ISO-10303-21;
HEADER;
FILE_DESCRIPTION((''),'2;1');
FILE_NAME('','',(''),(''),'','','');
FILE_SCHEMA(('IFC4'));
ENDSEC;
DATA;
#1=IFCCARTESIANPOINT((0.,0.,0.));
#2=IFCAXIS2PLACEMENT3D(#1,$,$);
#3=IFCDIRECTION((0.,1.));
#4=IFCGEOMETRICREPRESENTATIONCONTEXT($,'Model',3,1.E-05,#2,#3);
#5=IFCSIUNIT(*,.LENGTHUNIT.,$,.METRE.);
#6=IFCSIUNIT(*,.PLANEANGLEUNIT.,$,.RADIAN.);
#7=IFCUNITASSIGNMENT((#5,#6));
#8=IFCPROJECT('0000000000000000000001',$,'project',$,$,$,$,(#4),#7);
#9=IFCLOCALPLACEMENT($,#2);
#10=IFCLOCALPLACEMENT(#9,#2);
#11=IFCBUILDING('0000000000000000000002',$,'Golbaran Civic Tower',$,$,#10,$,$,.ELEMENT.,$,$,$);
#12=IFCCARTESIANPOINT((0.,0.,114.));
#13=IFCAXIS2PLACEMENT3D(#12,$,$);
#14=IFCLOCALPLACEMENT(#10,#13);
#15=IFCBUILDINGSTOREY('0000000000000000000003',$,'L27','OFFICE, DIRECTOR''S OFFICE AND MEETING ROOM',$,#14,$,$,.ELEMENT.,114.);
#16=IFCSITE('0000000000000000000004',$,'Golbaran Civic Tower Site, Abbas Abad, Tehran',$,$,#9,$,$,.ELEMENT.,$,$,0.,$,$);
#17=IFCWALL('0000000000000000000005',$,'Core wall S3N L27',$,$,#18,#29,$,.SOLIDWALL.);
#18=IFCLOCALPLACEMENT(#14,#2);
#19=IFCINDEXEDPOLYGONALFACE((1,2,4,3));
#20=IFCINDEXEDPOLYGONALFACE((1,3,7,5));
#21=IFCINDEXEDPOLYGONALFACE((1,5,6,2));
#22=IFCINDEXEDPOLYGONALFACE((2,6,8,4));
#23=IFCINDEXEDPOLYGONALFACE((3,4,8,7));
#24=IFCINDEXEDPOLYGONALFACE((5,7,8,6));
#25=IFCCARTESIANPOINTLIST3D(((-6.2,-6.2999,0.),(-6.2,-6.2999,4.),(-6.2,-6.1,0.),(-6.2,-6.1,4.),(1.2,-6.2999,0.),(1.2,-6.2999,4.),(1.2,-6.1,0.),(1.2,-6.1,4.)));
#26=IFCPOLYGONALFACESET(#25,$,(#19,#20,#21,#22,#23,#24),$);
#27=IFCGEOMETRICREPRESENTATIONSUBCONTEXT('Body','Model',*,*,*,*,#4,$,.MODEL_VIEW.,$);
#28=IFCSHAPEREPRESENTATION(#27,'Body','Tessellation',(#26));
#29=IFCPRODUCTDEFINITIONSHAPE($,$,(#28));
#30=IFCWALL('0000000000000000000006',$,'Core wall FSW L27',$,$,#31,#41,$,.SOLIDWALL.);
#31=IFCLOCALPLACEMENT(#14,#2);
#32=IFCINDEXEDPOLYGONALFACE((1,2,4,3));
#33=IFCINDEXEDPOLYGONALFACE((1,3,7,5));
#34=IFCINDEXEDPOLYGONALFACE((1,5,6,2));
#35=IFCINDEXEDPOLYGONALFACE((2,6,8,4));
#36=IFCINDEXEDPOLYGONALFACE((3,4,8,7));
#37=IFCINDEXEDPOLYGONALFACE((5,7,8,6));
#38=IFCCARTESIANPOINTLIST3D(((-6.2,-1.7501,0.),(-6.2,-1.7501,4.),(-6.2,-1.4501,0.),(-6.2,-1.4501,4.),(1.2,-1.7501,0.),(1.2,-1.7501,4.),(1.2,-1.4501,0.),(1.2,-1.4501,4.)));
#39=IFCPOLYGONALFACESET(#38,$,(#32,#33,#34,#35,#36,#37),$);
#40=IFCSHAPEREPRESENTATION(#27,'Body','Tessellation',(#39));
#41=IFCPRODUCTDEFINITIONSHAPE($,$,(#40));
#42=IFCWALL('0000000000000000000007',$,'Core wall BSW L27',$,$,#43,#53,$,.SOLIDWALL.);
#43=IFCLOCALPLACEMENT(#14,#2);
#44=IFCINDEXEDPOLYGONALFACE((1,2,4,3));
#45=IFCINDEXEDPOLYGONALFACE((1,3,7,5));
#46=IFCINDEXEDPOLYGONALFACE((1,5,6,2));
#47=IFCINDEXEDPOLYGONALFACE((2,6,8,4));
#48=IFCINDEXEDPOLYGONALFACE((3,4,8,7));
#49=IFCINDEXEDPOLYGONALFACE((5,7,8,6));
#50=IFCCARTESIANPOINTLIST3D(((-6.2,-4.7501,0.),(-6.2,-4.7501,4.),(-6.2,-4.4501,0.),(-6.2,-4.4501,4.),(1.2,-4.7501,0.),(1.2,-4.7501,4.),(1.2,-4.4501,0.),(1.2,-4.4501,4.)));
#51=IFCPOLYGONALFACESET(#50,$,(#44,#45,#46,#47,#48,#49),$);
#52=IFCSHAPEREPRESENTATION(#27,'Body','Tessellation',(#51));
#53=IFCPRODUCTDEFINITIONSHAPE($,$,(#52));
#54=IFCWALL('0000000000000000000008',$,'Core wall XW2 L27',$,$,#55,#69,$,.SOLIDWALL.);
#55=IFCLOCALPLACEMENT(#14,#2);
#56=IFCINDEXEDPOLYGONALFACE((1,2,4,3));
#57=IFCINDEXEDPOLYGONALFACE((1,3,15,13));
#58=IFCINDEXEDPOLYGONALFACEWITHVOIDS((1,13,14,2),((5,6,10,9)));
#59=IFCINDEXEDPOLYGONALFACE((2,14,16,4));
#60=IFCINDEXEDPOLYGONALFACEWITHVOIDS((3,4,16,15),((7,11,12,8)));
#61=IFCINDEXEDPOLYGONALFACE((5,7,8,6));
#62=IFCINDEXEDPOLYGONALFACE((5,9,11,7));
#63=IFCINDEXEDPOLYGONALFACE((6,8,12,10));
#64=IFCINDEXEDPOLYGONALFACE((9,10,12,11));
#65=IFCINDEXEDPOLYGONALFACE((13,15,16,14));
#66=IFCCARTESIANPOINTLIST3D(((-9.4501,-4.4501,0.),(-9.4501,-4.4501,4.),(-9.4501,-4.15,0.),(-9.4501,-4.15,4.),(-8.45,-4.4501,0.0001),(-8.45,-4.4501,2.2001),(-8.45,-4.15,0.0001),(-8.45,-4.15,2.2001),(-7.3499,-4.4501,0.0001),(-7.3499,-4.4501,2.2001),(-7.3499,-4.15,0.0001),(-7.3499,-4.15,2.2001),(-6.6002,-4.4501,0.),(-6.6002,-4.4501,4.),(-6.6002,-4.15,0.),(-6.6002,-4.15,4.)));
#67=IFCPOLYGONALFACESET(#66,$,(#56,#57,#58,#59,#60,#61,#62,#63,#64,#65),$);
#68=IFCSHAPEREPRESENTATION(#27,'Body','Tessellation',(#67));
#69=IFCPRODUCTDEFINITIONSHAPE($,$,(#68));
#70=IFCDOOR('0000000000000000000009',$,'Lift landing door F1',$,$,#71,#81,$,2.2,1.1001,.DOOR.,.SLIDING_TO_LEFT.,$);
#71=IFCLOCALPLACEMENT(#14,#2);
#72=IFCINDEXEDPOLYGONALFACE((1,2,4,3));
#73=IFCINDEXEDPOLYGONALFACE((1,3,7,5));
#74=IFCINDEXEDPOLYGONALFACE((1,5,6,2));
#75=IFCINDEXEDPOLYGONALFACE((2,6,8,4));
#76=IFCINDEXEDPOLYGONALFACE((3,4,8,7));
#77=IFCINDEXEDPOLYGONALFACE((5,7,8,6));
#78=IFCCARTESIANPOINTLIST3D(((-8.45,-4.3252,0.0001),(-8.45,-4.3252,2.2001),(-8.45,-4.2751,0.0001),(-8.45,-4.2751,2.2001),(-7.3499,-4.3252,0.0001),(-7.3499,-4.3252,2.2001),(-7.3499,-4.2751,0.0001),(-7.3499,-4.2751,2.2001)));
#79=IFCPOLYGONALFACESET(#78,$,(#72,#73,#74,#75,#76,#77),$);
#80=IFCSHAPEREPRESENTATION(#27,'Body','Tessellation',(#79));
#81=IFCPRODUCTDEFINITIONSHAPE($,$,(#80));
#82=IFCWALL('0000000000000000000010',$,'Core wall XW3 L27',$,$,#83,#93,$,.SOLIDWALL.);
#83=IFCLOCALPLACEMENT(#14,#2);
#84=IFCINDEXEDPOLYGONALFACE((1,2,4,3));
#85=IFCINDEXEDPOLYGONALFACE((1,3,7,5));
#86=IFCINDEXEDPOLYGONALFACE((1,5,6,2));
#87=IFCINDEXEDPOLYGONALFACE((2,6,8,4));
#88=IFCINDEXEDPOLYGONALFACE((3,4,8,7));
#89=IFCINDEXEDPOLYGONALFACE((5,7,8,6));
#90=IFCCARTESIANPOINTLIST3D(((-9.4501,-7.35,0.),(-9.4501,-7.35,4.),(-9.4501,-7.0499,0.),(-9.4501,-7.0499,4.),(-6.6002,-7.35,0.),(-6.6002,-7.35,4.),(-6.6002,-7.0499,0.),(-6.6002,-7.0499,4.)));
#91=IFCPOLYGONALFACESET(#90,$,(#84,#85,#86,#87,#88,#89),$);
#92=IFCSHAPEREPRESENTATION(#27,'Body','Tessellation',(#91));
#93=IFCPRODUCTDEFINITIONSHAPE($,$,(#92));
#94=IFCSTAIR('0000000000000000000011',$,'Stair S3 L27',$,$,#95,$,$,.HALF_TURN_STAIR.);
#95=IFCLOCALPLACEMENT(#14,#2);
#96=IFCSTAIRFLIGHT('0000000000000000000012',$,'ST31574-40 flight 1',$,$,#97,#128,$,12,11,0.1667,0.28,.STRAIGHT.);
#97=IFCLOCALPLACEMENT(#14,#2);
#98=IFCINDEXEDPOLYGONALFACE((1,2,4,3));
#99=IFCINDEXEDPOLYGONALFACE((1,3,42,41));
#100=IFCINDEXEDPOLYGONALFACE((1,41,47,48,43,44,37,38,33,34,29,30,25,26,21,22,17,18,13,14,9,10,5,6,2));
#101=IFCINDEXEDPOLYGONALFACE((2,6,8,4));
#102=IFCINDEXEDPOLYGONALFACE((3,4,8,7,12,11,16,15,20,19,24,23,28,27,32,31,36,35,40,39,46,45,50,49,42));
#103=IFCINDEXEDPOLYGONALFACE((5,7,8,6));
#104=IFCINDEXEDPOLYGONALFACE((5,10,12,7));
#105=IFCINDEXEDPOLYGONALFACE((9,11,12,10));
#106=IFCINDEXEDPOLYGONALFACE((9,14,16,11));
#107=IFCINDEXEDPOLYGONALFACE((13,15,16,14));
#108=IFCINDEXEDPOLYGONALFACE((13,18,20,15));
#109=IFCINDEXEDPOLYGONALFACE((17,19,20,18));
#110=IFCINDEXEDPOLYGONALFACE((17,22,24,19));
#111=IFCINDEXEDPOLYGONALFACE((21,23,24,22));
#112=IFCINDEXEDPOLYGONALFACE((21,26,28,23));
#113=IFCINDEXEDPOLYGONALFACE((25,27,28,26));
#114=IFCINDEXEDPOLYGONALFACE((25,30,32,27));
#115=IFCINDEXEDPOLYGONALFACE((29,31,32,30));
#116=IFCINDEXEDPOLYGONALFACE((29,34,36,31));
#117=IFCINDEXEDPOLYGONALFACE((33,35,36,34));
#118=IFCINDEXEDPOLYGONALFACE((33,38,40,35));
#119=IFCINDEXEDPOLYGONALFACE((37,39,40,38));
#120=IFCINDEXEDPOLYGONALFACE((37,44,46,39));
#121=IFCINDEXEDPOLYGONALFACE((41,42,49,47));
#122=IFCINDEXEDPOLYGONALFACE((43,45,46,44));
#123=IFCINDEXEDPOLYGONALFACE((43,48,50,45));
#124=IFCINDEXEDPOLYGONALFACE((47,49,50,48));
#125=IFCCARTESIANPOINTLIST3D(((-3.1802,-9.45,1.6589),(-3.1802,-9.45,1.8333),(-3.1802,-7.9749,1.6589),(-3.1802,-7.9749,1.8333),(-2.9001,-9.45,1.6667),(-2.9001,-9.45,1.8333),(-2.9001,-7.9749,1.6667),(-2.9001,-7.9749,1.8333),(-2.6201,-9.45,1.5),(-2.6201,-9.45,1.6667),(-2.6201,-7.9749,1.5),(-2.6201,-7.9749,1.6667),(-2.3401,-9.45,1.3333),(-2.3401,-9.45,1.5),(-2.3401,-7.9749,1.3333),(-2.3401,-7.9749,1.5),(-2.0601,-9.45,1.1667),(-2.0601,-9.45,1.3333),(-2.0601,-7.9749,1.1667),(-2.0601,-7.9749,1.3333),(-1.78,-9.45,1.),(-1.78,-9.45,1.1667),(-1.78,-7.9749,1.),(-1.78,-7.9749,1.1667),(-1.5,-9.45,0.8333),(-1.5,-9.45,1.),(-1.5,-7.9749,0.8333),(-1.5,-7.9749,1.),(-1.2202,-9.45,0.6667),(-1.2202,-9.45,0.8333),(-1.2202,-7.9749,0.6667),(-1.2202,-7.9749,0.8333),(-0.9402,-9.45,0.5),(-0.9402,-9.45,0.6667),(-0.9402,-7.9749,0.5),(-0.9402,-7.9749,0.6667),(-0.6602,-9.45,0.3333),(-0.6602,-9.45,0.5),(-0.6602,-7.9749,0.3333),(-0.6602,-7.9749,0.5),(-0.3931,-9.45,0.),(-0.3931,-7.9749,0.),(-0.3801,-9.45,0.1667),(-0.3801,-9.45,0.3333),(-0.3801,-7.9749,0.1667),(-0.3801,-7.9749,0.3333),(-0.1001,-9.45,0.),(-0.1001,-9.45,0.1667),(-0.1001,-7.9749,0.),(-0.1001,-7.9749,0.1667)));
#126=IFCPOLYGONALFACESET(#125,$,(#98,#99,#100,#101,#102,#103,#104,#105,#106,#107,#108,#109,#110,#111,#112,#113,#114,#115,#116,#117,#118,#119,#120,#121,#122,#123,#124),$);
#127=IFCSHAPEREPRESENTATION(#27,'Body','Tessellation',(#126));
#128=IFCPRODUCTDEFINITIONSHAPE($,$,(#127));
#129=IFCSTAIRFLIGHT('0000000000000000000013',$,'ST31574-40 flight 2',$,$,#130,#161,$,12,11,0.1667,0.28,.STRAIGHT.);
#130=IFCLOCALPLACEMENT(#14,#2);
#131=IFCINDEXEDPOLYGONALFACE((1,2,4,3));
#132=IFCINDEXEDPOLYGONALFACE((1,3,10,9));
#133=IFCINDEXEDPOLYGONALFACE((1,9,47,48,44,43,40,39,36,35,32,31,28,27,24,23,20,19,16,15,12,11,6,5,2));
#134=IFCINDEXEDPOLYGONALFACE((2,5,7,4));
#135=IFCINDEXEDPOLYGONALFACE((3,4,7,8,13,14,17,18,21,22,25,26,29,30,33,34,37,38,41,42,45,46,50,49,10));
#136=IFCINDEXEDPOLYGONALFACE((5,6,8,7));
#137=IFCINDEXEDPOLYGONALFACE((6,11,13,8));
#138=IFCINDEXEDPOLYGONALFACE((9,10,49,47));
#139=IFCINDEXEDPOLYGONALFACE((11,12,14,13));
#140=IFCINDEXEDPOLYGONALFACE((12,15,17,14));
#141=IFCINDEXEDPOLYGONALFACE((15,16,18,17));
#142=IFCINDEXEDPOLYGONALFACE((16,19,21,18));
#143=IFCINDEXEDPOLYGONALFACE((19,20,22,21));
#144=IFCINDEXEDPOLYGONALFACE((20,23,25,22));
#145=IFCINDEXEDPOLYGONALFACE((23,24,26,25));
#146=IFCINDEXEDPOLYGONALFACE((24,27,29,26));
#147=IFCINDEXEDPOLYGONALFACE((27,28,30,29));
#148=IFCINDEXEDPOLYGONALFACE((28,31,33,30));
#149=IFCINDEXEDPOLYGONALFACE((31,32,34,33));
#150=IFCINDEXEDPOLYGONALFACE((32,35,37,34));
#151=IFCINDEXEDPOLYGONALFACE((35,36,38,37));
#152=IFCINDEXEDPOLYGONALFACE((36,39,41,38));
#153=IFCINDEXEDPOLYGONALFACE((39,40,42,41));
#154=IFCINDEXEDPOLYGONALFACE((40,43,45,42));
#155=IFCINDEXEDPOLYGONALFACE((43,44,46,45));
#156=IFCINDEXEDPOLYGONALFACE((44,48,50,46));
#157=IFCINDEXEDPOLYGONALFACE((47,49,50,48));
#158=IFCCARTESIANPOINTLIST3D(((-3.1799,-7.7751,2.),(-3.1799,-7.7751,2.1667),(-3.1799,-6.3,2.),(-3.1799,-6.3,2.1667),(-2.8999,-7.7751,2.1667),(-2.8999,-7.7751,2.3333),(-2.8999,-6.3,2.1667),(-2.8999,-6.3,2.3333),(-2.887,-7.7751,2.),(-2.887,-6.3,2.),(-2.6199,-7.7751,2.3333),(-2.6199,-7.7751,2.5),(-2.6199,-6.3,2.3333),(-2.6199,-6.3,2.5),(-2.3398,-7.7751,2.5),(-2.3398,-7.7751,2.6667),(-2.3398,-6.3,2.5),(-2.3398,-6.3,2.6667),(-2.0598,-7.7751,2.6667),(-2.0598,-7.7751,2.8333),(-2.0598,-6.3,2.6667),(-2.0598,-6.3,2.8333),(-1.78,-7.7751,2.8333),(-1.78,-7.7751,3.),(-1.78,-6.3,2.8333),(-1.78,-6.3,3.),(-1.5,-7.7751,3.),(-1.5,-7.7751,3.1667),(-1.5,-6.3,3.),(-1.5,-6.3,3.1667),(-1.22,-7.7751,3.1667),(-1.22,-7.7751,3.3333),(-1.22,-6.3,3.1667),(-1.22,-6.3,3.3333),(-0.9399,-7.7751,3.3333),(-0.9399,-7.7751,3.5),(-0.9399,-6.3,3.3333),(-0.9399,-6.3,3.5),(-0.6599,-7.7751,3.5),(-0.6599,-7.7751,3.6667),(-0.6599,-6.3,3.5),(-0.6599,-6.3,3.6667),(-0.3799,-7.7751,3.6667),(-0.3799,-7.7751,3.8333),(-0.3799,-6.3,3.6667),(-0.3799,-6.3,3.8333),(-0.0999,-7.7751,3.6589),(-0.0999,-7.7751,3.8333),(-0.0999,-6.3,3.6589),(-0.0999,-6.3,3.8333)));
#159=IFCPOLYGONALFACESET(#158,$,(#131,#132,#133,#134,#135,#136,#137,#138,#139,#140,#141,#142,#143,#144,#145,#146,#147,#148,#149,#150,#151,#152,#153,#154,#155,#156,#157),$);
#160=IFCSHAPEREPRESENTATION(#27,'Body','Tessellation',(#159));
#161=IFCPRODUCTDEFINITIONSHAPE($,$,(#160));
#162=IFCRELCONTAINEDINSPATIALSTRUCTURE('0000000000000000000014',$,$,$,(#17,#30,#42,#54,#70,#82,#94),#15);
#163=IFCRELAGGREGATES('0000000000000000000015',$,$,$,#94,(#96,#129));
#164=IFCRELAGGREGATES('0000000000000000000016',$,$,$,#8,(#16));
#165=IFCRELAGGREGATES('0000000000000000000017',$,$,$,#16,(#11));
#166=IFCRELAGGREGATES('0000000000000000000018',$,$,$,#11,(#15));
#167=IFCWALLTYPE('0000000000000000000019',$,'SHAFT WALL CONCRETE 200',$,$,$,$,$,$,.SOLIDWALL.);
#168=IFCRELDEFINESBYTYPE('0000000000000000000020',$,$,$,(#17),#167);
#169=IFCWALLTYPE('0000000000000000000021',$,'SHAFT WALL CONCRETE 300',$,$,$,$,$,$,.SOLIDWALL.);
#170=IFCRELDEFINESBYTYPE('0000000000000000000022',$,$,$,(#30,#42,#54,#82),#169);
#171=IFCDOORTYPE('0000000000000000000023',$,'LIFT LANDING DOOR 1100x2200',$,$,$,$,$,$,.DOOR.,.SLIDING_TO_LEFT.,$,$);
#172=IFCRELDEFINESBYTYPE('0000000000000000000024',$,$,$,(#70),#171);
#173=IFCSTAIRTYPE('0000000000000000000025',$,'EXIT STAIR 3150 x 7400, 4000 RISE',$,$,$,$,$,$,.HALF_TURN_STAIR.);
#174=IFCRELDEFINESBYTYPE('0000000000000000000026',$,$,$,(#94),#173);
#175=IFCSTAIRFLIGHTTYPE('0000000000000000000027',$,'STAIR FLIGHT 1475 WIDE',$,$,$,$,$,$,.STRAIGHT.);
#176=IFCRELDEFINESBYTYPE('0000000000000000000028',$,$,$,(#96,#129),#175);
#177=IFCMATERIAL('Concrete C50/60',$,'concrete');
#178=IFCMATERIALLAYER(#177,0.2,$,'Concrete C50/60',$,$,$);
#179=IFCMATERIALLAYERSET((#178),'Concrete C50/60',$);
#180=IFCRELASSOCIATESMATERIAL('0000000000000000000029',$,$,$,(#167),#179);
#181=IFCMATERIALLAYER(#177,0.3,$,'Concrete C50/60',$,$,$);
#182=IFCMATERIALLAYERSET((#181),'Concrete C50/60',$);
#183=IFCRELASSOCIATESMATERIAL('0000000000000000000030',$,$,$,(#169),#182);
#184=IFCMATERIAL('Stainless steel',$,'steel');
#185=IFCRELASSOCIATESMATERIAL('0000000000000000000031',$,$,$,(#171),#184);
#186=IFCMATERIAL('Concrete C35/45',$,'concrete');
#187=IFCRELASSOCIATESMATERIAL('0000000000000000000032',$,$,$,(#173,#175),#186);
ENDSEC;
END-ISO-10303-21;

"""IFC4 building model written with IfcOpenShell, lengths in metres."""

from ifc_helpers import new_model, si_unit, direction, frame, frame_2d, origin, place, context, subcontext, project, spatial, polyline, rectangle, outline, extrude, material, layer, layer_set, type_object, element, fill, aggregate, save


model = new_model("IFC4")

# Units and contexts
model_context = context("Model", 3, precision=1e-05, world=origin(), true_north=direction((0.0, 1.0)))
body_context = subcontext(model_context, "Body", "Model", "MODEL_VIEW")
ifc_project = project(units=[si_unit("LENGTHUNIT", "METRE"), si_unit("PLANEANGLEUNIT", "RADIAN")], contexts=[model_context])

# Site, building, storey
site_placement = place(None, origin())
site = spatial("IfcSite", under=ifc_project, at=site_placement, Name="Golbaran Civic Tower Site, Abbas Abad, Tehran", CompositionType="ELEMENT", RefElevation=0.0)
building_placement = place(site_placement, origin())
building = spatial("IfcBuilding", under=site, at=building_placement, Name="Golbaran Civic Tower", CompositionType="ELEMENT")
storey_placement = place(building_placement, frame((0.0, 0.0, 114.0)))
storey = spatial("IfcBuildingStorey", under=building, at=storey_placement, Name="L27", Description="OFFICE, DIRECTOR'S OFFICE AND MEETING ROOM", CompositionType="ELEMENT", Elevation=114.0)

# Shared definitions
ifc_material_1 = material(Name="Concrete C35/45", Category="concrete")

# Walls
ifc_material_2 = material(Name="Concrete C50/60", Category="concrete")
ifc_layer_1 = layer(ifc_material_2, 0.2, Name="Concrete C50/60")
ifc_layer_set_1 = layer_set([ifc_layer_1], Name="Concrete C50/60")
wall_type_1 = type_object("IfcWallType", Name="SHAFT WALL CONCRETE 200", PredefinedType="SOLIDWALL", material=ifc_layer_set_1)
wall_1_placement = place(storey_placement, frame((-6.2, -6.2, 0.0), z_axis=(0.0, 0.0, 1.0), x_axis=(1.0, 0.0, 0.0)))
element("IfcWall", 1, at=wall_1_placement, inside=storey, type_object=wall_type_1, Name="Core wall S3N L27", PredefinedType="SOLIDWALL", context=body_context, shape_type="SweptSolid", body=[
    extrude(rectangle(XDim=7.3999, YDim=0.2, at=frame_2d((3.7, 0.0))), origin(), (0.0, 0.0, 1.0), 4.0),
])
ifc_layer_2 = layer(ifc_material_2, 0.3, Name="Concrete C50/60")
ifc_layer_set_2 = layer_set([ifc_layer_2], Name="Concrete C50/60")
wall_type_2 = type_object("IfcWallType", Name="SHAFT WALL CONCRETE 300", PredefinedType="SOLIDWALL", material=ifc_layer_set_2)
for number, where, z_axis, x_axis, name in (
    (2, (-6.2, -1.6001, 0.0), (0.0, 0.0, 1.0), (1.0, 0.0, 0.0), "Core wall FSW L27"),
    (3, (-6.2, -4.6001, 0.0), (0.0, 0.0, 1.0), (1.0, 0.0, 0.0), "Core wall BSW L27"),
):
    element("IfcWall", number, at=place(storey_placement, frame(where, z_axis=z_axis, x_axis=x_axis)), inside=storey, type_object=wall_type_2, Name=name, PredefinedType="SOLIDWALL", context=body_context, shape_type="SweptSolid", body=[
        extrude(rectangle(XDim=7.3999, YDim=0.3, at=frame_2d((3.7, 0.0))), origin(), (0.0, 0.0, 1.0), 4.0),
    ])

# Wall, opening, door
wall_2_placement = place(storey_placement, frame((-9.45, -4.3, 0.0), z_axis=(0.0, 0.0, 1.0), x_axis=(1.0, 0.0, 0.0)))
wall_2 = element("IfcWall", 4, at=wall_2_placement, inside=storey, type_object=wall_type_2, Name="Core wall XW2 L27", PredefinedType="SOLIDWALL", context=body_context, shape_type="SweptSolid", body=[
    extrude(rectangle(XDim=2.8499, YDim=0.3, at=frame_2d((1.4248, 0.0))), origin(), (0.0, 0.0, 1.0), 4.0),
])
opening_1_placement = place(wall_2_placement, frame((1.0, 0.0, 0.0)))
opening_1 = element("IfcOpeningElement", 5, at=opening_1_placement, cuts=wall_2, PredefinedType="OPENING", context=body_context, shape_type="SweptSolid", body=[
    extrude(rectangle(XDim=1.1001, YDim=2.2, at=frame_2d((0.55, 1.1001))), frame((0.0, 0.1599, 0.0), z_axis=(0.0, -1.0, 0.0), x_axis=(1.0, 0.0, 0.0)), (0.0, 0.0, 1.0), 0.3201),
])
ifc_material_3 = material(Name="Stainless steel", Category="steel")
door_type_1 = type_object("IfcDoorType", Name="LIFT LANDING DOOR 1100x2200", OperationType="SLIDING_TO_LEFT", PredefinedType="DOOR", material=ifc_material_3)
door_1_placement = place(opening_1_placement, origin())
door_1 = element("IfcDoor", 6, at=door_1_placement, inside=storey, type_object=door_type_1, Name="Lift landing door F1", OperationType="SLIDING_TO_LEFT", OverallHeight=2.2, OverallWidth=1.1001, PredefinedType="DOOR", context=body_context, shape_type="SweptSolid", body=[
    extrude(rectangle(XDim=1.1001, YDim=2.2, at=frame_2d((0.55, 1.1001))), frame((0.0, 0.0249, 0.0), z_axis=(0.0, -1.0, 0.0), x_axis=(1.0, 0.0, 0.0)), (0.0, 0.0, 1.0), 0.05),
])
fill(opening_1, door_1)

# Wall
wall_3_placement = place(storey_placement, frame((-9.45, -7.2, 0.0), z_axis=(0.0, 0.0, 1.0), x_axis=(1.0, 0.0, 0.0)))
element("IfcWall", 7, at=wall_3_placement, inside=storey, type_object=wall_type_2, Name="Core wall XW3 L27", PredefinedType="SOLIDWALL", context=body_context, shape_type="SweptSolid", body=[
    extrude(rectangle(XDim=2.8499, YDim=0.3, at=frame_2d((1.4248, 0.0))), origin(), (0.0, 0.0, 1.0), 4.0),
])

# Stair, stair flights
stair_type = type_object("IfcStairType", Name="EXIT STAIR 3150 x 7400, 4000 RISE", PredefinedType="HALF_TURN_STAIR", material=ifc_material_1)
stair_placement = place(storey_placement, origin())
stair = element("IfcStair", 8, at=stair_placement, inside=storey, type_object=stair_type, Name="Stair S3 L27", PredefinedType="HALF_TURN_STAIR")
stair_flight_type = type_object("IfcStairFlightType", Name="STAIR FLIGHT 1475 WIDE", PredefinedType="STRAIGHT", material=ifc_material_1)
stair_flight_1_placement = place(storey_placement, frame((-0.1001, -8.7124, 0.0), z_axis=(0.0, 0.0, 1.0), x_axis=(-1.0, 0.0, 0.0)))
stair_flight_1 = element("IfcStairFlight", 9, at=stair_flight_1_placement, type_object=stair_flight_type, Name="ST31574-40 flight 1", NumberOfRisers=12, NumberOfTreads=11, PredefinedType="STRAIGHT", RiserHeight=0.1667, TreadLength=0.28, context=body_context, shape_type="SweptSolid", body=[
    extrude(outline(polyline([(0.0, 0.0), (0.0, 0.1667), (0.28, 0.1667), (0.28, 0.3333), (0.5601, 0.3333), (0.5601, 0.5), (0.8401, 0.5), (0.8401, 0.6667), (1.1201, 0.6667), (1.1201, 0.8333), (1.3999, 0.8333), (1.3999, 1.0), (1.6799, 1.0), (1.6799, 1.1667), (1.96, 1.1667), (1.96, 1.3333), (2.24, 1.3333), (2.24, 1.5), (2.52, 1.5), (2.52, 1.6667), (2.8, 1.6667), (2.8, 1.8333), (3.0801, 1.8333), (3.0801, 2.0), (3.0801, 1.6589), (0.293, 0.0), (0.0, 0.0)])), frame((0.0, 0.7375, 0.0), z_axis=(0.0, -1.0, 0.0), x_axis=(1.0, 0.0, 0.0)), (0.0, 0.0, 1.0), 1.4751),
])
stair_flight_2_placement = place(storey_placement, frame((-3.1799, -7.0376, 2.0), z_axis=(0.0, 0.0, 1.0), x_axis=(1.0, 0.0, 0.0)))
stair_flight_2 = element("IfcStairFlight", 10, at=stair_flight_2_placement, type_object=stair_flight_type, Name="ST31574-40 flight 2", NumberOfRisers=12, NumberOfTreads=11, PredefinedType="STRAIGHT", RiserHeight=0.1667, TreadLength=0.28, context=body_context, shape_type="SweptSolid", body=[
    extrude(outline(polyline([(0.0, 0.0), (0.0, 0.1667), (0.28, 0.1667), (0.28, 0.3333), (0.5601, 0.3333), (0.5601, 0.5), (0.8401, 0.5), (0.8401, 0.6667), (1.1201, 0.6667), (1.1201, 0.8333), (1.3999, 0.8333), (1.3999, 1.0), (1.6799, 1.0), (1.6799, 1.1667), (1.96, 1.1667), (1.96, 1.3333), (2.24, 1.3333), (2.24, 1.5), (2.52, 1.5), (2.52, 1.6667), (2.8, 1.6667), (2.8, 1.8333), (3.0801, 1.8333), (3.0801, 2.0), (3.0801, 1.6589), (0.293, 0.0), (0.0, 0.0)])), frame((0.0, 0.7375, 0.0), z_axis=(0.0, -1.0, 0.0), x_axis=(1.0, 0.0, 0.0)), (0.0, 0.0, 1.0), 1.4751),
])
aggregate(stair, [stair_flight_1, stair_flight_2])

save(model, "model.ifc")
